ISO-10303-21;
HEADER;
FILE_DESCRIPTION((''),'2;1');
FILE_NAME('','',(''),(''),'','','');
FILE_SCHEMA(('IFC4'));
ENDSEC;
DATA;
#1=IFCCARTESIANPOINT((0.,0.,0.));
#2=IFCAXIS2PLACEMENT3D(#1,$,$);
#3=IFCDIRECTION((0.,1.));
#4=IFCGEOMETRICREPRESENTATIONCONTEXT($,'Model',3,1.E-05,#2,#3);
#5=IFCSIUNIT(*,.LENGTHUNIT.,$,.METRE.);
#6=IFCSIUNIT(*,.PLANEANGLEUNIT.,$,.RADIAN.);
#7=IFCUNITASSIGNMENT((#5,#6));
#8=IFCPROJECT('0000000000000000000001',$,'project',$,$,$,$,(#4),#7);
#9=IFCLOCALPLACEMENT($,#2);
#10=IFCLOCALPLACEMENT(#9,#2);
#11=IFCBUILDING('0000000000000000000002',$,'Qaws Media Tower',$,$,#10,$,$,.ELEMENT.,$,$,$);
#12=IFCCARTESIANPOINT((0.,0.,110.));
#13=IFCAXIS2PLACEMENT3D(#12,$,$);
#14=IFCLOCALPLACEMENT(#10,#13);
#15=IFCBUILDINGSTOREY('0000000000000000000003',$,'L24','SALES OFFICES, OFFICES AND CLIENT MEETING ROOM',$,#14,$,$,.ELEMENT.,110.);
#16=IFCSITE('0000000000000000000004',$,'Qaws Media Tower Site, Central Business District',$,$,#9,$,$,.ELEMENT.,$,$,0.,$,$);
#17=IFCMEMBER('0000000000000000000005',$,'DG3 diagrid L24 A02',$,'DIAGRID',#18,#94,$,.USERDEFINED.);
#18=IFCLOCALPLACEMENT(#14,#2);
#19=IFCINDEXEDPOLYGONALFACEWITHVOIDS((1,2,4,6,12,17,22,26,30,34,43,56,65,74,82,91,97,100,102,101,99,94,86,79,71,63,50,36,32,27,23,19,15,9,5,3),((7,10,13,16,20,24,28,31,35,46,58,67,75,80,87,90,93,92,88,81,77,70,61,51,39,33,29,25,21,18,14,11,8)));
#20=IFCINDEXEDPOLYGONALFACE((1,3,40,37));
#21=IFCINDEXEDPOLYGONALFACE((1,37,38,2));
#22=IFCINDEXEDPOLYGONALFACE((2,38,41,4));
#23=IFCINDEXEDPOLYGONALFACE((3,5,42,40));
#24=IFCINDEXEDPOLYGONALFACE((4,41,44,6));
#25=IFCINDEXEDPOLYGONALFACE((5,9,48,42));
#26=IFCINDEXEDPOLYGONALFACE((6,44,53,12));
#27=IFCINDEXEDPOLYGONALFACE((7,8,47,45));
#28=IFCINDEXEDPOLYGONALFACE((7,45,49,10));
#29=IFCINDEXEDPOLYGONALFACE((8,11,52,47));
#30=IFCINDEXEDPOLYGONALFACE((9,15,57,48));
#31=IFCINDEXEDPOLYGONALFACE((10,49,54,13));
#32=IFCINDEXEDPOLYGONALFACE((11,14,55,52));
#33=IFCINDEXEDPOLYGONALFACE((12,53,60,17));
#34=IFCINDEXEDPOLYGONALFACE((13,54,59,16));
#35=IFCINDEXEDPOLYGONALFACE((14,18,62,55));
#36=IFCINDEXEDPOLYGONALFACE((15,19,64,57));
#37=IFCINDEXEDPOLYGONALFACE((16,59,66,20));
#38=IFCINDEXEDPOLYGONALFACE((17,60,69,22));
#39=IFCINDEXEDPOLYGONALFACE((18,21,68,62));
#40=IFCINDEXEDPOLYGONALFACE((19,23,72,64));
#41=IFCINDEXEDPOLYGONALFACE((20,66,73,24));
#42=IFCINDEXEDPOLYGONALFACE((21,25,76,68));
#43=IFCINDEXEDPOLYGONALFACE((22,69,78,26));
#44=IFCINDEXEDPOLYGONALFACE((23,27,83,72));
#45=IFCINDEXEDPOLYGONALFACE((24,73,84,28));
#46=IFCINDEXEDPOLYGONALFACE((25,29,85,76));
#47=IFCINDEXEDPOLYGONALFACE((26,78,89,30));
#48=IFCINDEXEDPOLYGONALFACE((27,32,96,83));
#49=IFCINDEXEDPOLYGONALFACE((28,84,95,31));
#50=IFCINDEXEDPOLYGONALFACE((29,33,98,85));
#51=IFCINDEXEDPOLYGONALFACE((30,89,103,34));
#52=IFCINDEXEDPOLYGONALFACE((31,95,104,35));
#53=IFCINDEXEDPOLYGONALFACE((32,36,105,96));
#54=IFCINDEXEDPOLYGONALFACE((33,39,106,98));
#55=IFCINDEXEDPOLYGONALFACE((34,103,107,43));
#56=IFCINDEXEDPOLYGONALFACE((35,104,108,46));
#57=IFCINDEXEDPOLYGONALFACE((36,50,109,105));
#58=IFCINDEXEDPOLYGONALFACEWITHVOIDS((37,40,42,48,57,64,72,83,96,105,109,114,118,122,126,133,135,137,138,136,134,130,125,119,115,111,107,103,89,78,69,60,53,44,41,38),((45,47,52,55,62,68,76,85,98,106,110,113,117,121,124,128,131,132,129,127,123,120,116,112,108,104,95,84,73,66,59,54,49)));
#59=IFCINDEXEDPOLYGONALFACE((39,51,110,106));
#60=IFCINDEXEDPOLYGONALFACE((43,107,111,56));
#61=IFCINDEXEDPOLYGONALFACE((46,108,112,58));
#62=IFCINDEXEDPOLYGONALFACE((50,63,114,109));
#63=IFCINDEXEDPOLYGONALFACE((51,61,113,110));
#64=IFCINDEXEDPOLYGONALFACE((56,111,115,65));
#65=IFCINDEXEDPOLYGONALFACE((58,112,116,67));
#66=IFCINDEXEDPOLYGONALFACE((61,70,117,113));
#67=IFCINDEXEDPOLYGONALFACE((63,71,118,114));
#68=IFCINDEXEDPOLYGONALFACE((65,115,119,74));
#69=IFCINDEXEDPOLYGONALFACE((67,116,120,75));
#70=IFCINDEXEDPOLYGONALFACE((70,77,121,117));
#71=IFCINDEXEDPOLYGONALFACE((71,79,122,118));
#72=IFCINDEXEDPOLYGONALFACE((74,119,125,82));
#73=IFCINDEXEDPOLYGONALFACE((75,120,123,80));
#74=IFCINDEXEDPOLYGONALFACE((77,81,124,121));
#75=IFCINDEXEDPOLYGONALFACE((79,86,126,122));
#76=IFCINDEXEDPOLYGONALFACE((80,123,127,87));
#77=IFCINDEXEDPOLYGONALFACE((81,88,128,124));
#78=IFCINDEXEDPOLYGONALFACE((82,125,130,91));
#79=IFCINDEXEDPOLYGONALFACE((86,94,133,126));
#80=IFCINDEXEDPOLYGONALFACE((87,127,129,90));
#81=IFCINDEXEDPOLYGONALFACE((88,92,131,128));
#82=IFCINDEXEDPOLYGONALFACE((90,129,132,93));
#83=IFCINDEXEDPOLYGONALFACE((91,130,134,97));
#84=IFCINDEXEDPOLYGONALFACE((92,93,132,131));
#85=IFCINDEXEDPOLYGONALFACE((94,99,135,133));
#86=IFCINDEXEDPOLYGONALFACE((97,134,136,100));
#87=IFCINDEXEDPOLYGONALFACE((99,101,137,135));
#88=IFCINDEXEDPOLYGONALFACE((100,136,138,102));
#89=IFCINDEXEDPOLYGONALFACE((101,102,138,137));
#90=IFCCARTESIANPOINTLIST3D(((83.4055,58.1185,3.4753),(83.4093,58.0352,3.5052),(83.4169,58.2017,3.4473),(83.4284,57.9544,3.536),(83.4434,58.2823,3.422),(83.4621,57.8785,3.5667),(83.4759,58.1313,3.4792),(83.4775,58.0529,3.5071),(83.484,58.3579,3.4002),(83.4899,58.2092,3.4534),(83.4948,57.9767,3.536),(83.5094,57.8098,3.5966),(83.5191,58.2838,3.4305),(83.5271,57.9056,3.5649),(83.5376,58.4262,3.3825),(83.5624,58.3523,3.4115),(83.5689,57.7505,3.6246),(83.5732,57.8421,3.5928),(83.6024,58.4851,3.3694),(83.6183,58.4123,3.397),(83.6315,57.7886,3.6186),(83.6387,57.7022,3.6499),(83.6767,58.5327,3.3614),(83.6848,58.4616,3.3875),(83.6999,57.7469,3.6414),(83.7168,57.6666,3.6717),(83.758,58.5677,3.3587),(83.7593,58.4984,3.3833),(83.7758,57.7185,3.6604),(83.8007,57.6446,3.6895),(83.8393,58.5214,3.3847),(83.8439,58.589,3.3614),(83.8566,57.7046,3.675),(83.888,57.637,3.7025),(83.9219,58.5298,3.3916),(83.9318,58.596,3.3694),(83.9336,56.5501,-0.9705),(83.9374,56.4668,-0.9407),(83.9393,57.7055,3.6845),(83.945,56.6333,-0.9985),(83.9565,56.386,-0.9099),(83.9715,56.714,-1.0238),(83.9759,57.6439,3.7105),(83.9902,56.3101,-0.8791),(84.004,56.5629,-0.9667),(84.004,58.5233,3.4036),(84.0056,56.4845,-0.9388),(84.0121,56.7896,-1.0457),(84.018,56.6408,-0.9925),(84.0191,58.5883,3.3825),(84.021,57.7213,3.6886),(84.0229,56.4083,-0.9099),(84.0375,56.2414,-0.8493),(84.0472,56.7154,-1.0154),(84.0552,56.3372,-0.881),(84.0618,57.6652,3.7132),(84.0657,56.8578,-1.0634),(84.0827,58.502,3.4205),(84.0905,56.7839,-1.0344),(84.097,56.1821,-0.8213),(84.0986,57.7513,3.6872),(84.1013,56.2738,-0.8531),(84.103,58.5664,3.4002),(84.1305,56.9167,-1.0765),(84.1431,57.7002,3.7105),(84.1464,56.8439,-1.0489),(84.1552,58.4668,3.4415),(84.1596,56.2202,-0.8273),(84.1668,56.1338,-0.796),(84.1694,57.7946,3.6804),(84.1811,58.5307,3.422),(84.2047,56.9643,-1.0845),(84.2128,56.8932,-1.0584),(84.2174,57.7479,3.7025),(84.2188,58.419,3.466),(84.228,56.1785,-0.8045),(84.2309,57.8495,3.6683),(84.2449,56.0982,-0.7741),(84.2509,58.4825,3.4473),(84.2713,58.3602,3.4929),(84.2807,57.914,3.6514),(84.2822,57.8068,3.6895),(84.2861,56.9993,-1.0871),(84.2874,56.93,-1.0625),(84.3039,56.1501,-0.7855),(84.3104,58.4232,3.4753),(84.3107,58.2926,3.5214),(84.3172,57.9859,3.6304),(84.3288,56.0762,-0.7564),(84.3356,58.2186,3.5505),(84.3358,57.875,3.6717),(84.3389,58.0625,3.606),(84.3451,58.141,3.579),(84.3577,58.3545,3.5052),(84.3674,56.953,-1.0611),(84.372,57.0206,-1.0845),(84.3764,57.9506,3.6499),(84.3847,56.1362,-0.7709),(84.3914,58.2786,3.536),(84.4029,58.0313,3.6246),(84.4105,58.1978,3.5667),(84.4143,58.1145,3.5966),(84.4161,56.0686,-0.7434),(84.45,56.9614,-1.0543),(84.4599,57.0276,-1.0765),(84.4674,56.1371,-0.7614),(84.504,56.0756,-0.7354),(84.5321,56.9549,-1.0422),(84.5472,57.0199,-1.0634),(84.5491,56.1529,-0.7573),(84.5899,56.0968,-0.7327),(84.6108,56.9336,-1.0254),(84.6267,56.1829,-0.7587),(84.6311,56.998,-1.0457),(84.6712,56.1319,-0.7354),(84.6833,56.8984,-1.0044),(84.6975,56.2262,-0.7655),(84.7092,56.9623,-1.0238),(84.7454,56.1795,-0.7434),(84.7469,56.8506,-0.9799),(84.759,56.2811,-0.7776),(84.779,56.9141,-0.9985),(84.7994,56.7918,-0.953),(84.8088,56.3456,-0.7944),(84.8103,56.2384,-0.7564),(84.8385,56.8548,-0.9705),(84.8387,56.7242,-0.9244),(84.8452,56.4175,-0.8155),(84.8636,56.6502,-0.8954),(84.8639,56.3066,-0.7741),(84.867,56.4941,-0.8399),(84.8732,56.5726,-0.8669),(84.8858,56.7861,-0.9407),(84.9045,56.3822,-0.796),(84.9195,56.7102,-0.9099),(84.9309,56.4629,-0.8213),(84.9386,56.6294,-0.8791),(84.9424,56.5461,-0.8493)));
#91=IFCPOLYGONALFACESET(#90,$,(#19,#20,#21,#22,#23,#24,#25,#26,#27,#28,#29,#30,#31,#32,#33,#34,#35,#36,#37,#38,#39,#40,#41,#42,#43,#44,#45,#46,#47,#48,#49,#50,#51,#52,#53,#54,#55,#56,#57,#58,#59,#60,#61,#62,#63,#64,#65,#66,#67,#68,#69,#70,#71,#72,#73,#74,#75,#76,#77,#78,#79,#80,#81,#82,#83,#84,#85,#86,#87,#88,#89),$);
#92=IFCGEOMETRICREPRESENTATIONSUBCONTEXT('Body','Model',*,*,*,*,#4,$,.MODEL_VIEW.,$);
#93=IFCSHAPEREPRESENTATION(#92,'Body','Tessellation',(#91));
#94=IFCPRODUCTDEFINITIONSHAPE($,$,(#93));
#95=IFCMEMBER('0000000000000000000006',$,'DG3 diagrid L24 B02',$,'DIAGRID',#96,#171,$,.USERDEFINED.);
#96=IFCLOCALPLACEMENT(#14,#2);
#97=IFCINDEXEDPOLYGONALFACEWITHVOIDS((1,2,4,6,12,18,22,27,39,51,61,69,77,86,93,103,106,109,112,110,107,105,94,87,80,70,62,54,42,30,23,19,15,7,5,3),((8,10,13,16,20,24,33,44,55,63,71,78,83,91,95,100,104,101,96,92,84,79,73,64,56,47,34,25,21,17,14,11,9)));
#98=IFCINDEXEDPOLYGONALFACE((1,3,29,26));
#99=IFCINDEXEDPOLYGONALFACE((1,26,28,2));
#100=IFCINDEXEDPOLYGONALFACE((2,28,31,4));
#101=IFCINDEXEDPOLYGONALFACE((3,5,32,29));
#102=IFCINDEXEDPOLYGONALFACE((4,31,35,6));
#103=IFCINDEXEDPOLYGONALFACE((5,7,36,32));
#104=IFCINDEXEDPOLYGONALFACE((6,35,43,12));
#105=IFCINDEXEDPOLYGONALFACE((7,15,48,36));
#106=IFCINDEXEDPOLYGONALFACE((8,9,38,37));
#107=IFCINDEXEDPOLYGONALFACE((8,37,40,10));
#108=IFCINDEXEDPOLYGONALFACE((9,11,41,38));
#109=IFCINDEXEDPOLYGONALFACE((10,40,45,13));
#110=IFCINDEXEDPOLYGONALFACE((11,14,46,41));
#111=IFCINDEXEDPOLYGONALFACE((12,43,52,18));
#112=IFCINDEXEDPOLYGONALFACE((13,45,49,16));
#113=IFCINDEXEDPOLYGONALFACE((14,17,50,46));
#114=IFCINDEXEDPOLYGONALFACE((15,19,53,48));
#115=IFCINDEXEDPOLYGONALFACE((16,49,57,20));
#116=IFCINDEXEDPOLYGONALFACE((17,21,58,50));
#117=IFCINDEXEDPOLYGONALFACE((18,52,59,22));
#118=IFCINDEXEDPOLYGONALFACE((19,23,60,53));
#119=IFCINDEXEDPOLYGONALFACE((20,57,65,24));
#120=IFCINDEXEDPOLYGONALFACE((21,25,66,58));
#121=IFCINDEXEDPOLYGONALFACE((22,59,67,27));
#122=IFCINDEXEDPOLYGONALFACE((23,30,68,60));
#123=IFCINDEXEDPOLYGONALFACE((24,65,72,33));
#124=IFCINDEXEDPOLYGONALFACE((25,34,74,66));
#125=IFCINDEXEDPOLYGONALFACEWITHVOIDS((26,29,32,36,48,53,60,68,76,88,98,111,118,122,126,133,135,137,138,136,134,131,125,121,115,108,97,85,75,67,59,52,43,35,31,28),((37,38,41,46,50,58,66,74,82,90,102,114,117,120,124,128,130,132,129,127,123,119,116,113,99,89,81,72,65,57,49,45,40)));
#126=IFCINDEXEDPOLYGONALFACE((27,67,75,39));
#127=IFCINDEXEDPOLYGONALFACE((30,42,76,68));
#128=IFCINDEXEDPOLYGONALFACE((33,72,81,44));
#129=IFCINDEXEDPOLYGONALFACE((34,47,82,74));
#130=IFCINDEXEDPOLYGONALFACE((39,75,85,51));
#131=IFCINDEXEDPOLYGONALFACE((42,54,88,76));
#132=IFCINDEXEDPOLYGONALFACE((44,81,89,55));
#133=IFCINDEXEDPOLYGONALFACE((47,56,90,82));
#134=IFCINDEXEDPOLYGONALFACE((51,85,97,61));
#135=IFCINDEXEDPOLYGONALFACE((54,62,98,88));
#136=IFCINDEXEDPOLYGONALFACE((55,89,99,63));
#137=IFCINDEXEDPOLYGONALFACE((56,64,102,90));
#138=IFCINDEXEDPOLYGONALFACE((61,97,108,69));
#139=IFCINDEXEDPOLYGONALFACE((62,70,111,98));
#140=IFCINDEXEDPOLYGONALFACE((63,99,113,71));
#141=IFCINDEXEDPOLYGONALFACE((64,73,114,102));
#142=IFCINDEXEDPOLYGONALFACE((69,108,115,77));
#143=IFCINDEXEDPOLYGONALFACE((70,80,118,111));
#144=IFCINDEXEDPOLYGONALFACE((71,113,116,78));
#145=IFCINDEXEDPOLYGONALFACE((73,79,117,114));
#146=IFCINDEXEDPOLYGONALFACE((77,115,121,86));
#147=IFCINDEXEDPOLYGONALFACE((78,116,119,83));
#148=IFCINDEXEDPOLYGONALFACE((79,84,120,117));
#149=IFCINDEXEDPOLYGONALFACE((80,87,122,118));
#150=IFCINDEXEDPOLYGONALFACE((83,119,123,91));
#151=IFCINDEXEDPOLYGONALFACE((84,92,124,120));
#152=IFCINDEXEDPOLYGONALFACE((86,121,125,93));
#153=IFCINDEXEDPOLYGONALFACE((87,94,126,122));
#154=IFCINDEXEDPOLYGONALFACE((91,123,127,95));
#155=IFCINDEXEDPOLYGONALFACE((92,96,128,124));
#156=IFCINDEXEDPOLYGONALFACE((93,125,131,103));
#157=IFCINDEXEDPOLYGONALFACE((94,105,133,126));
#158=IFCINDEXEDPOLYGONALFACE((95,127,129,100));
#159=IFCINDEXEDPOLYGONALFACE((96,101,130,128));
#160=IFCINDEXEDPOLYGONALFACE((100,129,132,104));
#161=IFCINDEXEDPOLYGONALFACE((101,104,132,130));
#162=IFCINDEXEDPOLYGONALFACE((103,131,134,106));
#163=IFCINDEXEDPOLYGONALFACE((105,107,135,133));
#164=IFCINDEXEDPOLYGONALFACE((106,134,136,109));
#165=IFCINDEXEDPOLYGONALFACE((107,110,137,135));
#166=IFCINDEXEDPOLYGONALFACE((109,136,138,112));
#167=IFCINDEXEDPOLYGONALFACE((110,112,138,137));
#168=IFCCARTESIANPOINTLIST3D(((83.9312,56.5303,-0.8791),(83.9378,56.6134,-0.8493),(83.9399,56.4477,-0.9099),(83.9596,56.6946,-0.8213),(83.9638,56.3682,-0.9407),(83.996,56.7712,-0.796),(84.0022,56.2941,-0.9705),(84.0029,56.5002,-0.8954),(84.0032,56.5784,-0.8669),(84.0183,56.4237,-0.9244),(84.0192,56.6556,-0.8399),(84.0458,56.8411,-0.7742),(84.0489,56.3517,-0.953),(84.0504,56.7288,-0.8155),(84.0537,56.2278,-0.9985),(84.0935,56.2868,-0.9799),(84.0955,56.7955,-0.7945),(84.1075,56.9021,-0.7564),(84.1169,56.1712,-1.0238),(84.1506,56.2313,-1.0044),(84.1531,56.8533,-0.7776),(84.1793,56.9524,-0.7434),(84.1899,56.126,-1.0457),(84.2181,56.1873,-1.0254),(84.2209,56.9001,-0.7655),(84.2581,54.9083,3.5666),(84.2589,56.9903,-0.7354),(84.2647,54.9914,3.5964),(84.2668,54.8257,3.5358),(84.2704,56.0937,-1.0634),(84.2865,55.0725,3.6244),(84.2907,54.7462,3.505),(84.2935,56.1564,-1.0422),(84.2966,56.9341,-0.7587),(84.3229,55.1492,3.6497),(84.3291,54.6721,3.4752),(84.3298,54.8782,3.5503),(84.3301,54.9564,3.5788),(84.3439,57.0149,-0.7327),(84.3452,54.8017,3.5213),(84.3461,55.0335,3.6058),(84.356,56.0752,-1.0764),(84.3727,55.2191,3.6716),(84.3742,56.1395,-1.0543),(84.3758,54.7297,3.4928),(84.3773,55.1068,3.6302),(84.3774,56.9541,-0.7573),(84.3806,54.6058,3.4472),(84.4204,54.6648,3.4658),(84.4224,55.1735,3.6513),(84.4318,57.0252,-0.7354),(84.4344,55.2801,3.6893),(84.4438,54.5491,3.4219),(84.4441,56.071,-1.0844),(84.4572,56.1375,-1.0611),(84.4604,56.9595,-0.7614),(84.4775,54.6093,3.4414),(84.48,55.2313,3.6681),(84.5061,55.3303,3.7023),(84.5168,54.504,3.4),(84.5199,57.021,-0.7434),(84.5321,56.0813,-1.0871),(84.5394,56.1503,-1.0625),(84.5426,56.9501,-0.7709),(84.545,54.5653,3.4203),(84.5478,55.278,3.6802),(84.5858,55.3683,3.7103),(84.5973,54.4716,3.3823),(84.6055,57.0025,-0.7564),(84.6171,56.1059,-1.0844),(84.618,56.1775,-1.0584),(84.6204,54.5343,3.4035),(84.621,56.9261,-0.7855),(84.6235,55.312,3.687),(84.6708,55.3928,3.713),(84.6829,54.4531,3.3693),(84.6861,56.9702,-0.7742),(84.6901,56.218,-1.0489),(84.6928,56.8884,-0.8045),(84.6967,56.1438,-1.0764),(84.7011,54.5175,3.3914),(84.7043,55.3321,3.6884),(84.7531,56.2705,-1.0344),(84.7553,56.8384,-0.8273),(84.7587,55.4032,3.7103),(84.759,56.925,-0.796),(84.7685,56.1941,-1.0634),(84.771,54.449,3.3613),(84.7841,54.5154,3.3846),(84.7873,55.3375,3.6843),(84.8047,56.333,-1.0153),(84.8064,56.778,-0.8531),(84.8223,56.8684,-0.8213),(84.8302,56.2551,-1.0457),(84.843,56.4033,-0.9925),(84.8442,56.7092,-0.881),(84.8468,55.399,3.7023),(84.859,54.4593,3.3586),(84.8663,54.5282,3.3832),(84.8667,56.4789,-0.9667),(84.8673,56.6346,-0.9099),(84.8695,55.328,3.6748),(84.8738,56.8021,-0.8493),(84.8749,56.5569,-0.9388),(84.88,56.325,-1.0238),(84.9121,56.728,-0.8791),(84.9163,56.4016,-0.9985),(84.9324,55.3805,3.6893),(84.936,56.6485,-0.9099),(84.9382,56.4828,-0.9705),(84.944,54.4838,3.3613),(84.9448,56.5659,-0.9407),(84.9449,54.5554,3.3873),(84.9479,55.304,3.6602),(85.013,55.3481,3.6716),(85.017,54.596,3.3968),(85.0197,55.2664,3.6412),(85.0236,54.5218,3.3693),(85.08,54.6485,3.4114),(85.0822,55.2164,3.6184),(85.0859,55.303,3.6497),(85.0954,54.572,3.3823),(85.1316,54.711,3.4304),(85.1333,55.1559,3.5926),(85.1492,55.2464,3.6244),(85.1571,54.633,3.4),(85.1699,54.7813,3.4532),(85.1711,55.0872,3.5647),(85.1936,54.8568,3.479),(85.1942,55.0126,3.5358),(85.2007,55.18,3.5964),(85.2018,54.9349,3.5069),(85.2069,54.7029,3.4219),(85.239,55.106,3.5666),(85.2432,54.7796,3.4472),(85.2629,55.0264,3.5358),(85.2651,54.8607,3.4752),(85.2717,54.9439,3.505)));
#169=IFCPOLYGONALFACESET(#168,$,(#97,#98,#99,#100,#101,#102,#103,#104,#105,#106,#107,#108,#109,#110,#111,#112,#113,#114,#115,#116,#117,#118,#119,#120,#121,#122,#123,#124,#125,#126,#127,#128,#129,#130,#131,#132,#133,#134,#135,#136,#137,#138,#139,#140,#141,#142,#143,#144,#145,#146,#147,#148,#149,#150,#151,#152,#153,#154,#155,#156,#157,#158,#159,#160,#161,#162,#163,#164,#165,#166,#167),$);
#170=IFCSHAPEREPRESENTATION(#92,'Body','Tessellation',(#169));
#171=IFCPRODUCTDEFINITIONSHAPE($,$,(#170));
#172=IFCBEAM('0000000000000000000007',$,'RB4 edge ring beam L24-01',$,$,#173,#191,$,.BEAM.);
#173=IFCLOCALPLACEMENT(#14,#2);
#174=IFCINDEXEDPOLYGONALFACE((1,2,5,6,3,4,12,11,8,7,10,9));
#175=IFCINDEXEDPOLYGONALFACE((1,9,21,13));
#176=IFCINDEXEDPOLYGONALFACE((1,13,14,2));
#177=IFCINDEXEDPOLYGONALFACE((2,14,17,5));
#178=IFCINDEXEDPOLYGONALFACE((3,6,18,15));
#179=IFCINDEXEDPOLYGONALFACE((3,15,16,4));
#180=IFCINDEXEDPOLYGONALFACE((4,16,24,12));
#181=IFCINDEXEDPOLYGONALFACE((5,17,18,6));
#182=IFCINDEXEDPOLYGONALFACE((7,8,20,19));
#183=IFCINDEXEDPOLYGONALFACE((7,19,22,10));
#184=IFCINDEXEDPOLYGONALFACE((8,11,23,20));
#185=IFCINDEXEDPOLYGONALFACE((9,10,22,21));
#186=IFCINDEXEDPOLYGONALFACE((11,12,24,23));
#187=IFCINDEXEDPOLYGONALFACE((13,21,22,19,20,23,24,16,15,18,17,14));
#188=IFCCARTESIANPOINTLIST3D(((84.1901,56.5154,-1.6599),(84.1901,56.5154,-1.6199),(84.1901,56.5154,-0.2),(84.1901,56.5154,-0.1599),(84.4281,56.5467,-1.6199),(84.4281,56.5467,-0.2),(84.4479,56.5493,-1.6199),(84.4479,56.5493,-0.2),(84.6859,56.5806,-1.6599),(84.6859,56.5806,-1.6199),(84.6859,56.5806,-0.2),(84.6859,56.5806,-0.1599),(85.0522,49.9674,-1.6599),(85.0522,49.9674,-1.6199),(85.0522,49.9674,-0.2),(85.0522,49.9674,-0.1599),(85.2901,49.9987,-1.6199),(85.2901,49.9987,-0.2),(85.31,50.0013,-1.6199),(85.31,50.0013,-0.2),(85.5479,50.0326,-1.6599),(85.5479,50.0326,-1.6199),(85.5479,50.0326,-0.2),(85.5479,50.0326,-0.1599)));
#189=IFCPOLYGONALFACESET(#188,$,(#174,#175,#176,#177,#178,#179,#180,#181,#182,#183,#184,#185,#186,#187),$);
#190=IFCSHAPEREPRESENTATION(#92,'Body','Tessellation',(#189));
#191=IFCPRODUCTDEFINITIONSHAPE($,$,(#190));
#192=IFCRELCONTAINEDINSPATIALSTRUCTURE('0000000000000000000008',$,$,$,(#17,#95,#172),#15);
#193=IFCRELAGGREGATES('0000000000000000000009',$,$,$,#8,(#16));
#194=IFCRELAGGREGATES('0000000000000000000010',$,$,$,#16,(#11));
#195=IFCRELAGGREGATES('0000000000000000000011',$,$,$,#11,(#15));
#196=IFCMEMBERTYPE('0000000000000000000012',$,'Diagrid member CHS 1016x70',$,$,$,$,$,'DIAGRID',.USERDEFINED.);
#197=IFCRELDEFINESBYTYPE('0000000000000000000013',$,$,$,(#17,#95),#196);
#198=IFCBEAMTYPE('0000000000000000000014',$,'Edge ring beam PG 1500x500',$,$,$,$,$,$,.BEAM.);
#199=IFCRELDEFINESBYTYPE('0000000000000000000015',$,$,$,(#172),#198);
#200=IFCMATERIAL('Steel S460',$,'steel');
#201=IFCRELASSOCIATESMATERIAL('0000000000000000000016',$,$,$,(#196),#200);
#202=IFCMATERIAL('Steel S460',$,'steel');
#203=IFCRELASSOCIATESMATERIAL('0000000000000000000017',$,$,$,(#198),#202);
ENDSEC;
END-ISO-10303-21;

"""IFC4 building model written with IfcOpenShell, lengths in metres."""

from ifc_helpers import new_model, si_unit, direction, frame, origin, origin_2d, place, context, subcontext, project, spatial, hollow_circle, i_section, extrude, material, material_profile, profile_set, type_object, element, save


model = new_model("IFC4")

# Units and contexts
model_context = context("Model", 3, precision=1e-05, world=origin(), true_north=direction((0.0, 1.0)))
body_context = subcontext(model_context, "Body", "Model", "MODEL_VIEW")
ifc_project = project(units=[si_unit("LENGTHUNIT", "METRE"), si_unit("PLANEANGLEUNIT", "RADIAN")], contexts=[model_context])

# Site, building, storey
site_placement = place(None, origin())
site = spatial("IfcSite", under=ifc_project, at=site_placement, Name="Qaws Media Tower Site, Central Business District", CompositionType="ELEMENT", RefElevation=0.0)
building_placement = place(site_placement, origin())
building = spatial("IfcBuilding", under=site, at=building_placement, Name="Qaws Media Tower", CompositionType="ELEMENT")
storey_placement = place(building_placement, frame((0.0, 0.0, 110.0)))
storey = spatial("IfcBuildingStorey", under=building, at=storey_placement, Name="L24", Description="SALES OFFICES, OFFICES AND CLIENT MEETING ROOM", CompositionType="ELEMENT", Elevation=110.0)

# Members
ifc_material_1 = material(Name="Steel S460", Category="steel")
ifc_material_profile_1 = material_profile(ifc_material_1, hollow_circle(Radius=0.5081, WallThickness=0.0701, at=origin_2d()), Name="CHS 1016x70")
ifc_profile_set_1 = profile_set([ifc_material_profile_1], Name="Steel S460")
member_type_1 = type_object("IfcMemberType", Name="Diagrid member CHS 1016x70", ElementType="DIAGRID", PredefinedType="USERDEFINED", material=ifc_profile_set_1)
member_1_placement = place(storey_placement, frame((84.438, 56.5481, -0.9099), z_axis=(-0.111319, 0.330612, 0.937179), x_axis=(-0.94772, -0.319103, 0.0)))
element("IfcMember", 1, at=member_1_placement, inside=storey, type_object=member_type_1, Name="DG3 diagrid L24 A02", ObjectType="DIAGRID", PredefinedType="USERDEFINED", context=body_context, shape_type="SweptSolid", body=[
    extrude(hollow_circle(Radius=0.5081, WallThickness=0.0701, at=origin_2d()), origin(), (0.0, 0.0, 1.0), 4.7439),
])
member_2_placement = place(storey_placement, frame((84.438, 56.5481, -0.9099), z_axis=(0.068913, -0.341939, 0.937192), x_axis=(0.98029, 0.197563, 0.0)))
element("IfcMember", 2, at=member_2_placement, inside=storey, type_object=member_type_1, Name="DG3 diagrid L24 B02", ObjectType="DIAGRID", PredefinedType="USERDEFINED", context=body_context, shape_type="SweptSolid", body=[
    extrude(hollow_circle(Radius=0.5081, WallThickness=0.0701, at=origin_2d()), origin(), (0.0, 0.0, 1.0), 4.7437),
])

# Beam
ifc_material_2 = material(Name="Steel S460", Category="steel")
ifc_material_profile_2 = material_profile(ifc_material_2, i_section(OverallWidth=0.5, OverallDepth=1.5, WebThickness=0.02, FlangeThickness=0.04, at=origin_2d()), Name="PG 1500x500")
ifc_profile_set_2 = profile_set([ifc_material_profile_2], Name="Steel S460")
beam_type_1 = type_object("IfcBeamType", Name="Edge ring beam PG 1500x500", PredefinedType="BEAM", material=ifc_profile_set_2)
for number, where, z_axis, x_axis, name in (
    (3, (85.3, 50.0, -0.9099), (-0.130524, 0.991445, 0.0), (-0.991445, -0.130524, 0.0), "RB4 edge ring beam L24-01"),
):
    element("IfcBeam", number, at=place(storey_placement, frame(where, z_axis=z_axis, x_axis=x_axis)), inside=storey, type_object=beam_type_1, Name=name, PredefinedType="BEAM", context=body_context, shape_type="SweptSolid", body=[
        extrude(i_section(OverallWidth=0.5, OverallDepth=1.5, WebThickness=0.02, FlangeThickness=0.04, at=origin_2d()), origin(), (0.0, 0.0, 1.0), 6.6045),
    ])

save(model, "model.ifc")
